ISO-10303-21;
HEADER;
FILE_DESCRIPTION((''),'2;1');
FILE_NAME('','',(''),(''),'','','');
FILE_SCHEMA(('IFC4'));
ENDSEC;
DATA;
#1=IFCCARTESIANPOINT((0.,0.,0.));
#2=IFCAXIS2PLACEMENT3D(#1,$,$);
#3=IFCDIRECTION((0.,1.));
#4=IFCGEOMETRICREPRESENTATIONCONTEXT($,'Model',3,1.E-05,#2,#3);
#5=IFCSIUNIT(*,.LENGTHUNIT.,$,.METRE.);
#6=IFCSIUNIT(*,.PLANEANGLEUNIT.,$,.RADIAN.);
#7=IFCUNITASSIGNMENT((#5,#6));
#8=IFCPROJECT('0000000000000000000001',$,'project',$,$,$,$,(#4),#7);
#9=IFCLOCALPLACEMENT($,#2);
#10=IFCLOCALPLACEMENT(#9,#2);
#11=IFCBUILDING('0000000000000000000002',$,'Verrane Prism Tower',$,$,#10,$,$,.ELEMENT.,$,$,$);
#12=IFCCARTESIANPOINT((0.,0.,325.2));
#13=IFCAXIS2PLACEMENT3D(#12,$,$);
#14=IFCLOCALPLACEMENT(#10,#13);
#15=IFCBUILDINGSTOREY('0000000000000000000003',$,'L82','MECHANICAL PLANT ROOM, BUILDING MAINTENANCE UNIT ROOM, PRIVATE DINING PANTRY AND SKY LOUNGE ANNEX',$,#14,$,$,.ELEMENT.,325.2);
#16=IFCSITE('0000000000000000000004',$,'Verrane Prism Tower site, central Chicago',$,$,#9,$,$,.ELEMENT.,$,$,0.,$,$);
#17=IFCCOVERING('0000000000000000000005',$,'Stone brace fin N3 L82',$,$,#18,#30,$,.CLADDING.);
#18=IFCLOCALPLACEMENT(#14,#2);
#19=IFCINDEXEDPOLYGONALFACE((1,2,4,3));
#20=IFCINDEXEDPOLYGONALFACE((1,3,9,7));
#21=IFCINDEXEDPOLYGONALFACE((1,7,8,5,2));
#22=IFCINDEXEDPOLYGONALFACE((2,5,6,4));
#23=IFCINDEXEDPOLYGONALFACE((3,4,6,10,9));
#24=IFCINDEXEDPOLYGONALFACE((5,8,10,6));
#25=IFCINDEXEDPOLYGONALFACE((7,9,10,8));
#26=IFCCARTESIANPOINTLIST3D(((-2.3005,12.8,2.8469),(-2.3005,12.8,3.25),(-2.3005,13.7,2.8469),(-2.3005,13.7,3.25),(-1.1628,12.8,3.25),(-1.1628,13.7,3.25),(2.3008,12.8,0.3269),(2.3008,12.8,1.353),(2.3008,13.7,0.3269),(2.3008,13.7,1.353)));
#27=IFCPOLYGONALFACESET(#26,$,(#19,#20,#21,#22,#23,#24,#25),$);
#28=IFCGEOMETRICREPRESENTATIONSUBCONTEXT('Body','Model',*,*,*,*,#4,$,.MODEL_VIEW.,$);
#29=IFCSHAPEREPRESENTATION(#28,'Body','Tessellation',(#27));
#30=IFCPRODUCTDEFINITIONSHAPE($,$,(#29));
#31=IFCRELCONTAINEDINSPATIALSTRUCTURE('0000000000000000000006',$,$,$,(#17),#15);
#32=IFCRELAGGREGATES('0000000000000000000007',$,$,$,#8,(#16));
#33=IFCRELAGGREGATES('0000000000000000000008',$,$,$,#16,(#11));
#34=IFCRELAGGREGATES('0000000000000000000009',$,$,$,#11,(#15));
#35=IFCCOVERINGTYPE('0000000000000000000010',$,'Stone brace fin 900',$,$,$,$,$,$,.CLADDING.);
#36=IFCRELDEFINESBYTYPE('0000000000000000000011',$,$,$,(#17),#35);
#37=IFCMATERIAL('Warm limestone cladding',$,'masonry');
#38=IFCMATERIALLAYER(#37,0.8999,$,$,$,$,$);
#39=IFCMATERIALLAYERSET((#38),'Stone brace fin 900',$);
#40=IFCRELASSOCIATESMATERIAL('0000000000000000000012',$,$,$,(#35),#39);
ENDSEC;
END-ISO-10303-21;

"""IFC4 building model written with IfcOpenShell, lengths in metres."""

from ifc_helpers import new_model, si_unit, direction, frame, origin, place, context, subcontext, project, spatial, polyline, outline, extrude, material, layer, layer_set, type_object, element, save


model = new_model("IFC4")

# Units and contexts
model_context = context("Model", 3, precision=1e-05, world=origin(), true_north=direction((0.0, 1.0)))
body_context = subcontext(model_context, "Body", "Model", "MODEL_VIEW")
ifc_project = project(units=[si_unit("LENGTHUNIT", "METRE"), si_unit("PLANEANGLEUNIT", "RADIAN")], contexts=[model_context])

# Site, building, storey
site_placement = place(None, origin())
site = spatial("IfcSite", under=ifc_project, at=site_placement, Name="Verrane Prism Tower site, central Chicago", CompositionType="ELEMENT", RefElevation=0.0)
building_placement = place(site_placement, origin())
building = spatial("IfcBuilding", under=site, at=building_placement, Name="Verrane Prism Tower", CompositionType="ELEMENT")
storey_placement = place(building_placement, frame((0.0, 0.0, 325.2)))
storey = spatial("IfcBuildingStorey", under=building, at=storey_placement, Name="L82", Description="MECHANICAL PLANT ROOM, BUILDING MAINTENANCE UNIT ROOM, PRIVATE DINING PANTRY AND SKY LOUNGE ANNEX", CompositionType="ELEMENT", Elevation=325.2)

# Covering
ifc_material_1 = material(Name="Warm limestone cladding", Category="masonry")
ifc_layer_1 = layer(ifc_material_1, 0.8999)
ifc_layer_set_1 = layer_set([ifc_layer_1], Name="Stone brace fin 900")
covering_type = type_object("IfcCoveringType", Name="Stone brace fin 900", PredefinedType="CLADDING", material=ifc_layer_set_1)
covering_placement = place(storey_placement, frame((2.3008, 13.25, 0.3269), z_axis=(0.0, 0.0, 1.0), x_axis=(-1.0, 0.0, 0.0)))
element("IfcCovering", 1, at=covering_placement, inside=storey, type_object=covering_type, Name="Stone brace fin N3 L82", PredefinedType="CLADDING", context=body_context, shape_type="SweptSolid", body=[
    extrude(outline(polyline([(4.6013, 2.9231), (3.4636, 2.9231), (0.0, 1.0261), (0.0, 0.0), (4.6013, 2.52), (4.6013, 2.9231)])), frame((0.0, 0.45, 0.0), z_axis=(0.0, -1.0, 0.0), x_axis=(1.0, 0.0, 0.0)), (0.0, 0.0, 1.0), 0.8999),
])

save(model, "model.ifc")
